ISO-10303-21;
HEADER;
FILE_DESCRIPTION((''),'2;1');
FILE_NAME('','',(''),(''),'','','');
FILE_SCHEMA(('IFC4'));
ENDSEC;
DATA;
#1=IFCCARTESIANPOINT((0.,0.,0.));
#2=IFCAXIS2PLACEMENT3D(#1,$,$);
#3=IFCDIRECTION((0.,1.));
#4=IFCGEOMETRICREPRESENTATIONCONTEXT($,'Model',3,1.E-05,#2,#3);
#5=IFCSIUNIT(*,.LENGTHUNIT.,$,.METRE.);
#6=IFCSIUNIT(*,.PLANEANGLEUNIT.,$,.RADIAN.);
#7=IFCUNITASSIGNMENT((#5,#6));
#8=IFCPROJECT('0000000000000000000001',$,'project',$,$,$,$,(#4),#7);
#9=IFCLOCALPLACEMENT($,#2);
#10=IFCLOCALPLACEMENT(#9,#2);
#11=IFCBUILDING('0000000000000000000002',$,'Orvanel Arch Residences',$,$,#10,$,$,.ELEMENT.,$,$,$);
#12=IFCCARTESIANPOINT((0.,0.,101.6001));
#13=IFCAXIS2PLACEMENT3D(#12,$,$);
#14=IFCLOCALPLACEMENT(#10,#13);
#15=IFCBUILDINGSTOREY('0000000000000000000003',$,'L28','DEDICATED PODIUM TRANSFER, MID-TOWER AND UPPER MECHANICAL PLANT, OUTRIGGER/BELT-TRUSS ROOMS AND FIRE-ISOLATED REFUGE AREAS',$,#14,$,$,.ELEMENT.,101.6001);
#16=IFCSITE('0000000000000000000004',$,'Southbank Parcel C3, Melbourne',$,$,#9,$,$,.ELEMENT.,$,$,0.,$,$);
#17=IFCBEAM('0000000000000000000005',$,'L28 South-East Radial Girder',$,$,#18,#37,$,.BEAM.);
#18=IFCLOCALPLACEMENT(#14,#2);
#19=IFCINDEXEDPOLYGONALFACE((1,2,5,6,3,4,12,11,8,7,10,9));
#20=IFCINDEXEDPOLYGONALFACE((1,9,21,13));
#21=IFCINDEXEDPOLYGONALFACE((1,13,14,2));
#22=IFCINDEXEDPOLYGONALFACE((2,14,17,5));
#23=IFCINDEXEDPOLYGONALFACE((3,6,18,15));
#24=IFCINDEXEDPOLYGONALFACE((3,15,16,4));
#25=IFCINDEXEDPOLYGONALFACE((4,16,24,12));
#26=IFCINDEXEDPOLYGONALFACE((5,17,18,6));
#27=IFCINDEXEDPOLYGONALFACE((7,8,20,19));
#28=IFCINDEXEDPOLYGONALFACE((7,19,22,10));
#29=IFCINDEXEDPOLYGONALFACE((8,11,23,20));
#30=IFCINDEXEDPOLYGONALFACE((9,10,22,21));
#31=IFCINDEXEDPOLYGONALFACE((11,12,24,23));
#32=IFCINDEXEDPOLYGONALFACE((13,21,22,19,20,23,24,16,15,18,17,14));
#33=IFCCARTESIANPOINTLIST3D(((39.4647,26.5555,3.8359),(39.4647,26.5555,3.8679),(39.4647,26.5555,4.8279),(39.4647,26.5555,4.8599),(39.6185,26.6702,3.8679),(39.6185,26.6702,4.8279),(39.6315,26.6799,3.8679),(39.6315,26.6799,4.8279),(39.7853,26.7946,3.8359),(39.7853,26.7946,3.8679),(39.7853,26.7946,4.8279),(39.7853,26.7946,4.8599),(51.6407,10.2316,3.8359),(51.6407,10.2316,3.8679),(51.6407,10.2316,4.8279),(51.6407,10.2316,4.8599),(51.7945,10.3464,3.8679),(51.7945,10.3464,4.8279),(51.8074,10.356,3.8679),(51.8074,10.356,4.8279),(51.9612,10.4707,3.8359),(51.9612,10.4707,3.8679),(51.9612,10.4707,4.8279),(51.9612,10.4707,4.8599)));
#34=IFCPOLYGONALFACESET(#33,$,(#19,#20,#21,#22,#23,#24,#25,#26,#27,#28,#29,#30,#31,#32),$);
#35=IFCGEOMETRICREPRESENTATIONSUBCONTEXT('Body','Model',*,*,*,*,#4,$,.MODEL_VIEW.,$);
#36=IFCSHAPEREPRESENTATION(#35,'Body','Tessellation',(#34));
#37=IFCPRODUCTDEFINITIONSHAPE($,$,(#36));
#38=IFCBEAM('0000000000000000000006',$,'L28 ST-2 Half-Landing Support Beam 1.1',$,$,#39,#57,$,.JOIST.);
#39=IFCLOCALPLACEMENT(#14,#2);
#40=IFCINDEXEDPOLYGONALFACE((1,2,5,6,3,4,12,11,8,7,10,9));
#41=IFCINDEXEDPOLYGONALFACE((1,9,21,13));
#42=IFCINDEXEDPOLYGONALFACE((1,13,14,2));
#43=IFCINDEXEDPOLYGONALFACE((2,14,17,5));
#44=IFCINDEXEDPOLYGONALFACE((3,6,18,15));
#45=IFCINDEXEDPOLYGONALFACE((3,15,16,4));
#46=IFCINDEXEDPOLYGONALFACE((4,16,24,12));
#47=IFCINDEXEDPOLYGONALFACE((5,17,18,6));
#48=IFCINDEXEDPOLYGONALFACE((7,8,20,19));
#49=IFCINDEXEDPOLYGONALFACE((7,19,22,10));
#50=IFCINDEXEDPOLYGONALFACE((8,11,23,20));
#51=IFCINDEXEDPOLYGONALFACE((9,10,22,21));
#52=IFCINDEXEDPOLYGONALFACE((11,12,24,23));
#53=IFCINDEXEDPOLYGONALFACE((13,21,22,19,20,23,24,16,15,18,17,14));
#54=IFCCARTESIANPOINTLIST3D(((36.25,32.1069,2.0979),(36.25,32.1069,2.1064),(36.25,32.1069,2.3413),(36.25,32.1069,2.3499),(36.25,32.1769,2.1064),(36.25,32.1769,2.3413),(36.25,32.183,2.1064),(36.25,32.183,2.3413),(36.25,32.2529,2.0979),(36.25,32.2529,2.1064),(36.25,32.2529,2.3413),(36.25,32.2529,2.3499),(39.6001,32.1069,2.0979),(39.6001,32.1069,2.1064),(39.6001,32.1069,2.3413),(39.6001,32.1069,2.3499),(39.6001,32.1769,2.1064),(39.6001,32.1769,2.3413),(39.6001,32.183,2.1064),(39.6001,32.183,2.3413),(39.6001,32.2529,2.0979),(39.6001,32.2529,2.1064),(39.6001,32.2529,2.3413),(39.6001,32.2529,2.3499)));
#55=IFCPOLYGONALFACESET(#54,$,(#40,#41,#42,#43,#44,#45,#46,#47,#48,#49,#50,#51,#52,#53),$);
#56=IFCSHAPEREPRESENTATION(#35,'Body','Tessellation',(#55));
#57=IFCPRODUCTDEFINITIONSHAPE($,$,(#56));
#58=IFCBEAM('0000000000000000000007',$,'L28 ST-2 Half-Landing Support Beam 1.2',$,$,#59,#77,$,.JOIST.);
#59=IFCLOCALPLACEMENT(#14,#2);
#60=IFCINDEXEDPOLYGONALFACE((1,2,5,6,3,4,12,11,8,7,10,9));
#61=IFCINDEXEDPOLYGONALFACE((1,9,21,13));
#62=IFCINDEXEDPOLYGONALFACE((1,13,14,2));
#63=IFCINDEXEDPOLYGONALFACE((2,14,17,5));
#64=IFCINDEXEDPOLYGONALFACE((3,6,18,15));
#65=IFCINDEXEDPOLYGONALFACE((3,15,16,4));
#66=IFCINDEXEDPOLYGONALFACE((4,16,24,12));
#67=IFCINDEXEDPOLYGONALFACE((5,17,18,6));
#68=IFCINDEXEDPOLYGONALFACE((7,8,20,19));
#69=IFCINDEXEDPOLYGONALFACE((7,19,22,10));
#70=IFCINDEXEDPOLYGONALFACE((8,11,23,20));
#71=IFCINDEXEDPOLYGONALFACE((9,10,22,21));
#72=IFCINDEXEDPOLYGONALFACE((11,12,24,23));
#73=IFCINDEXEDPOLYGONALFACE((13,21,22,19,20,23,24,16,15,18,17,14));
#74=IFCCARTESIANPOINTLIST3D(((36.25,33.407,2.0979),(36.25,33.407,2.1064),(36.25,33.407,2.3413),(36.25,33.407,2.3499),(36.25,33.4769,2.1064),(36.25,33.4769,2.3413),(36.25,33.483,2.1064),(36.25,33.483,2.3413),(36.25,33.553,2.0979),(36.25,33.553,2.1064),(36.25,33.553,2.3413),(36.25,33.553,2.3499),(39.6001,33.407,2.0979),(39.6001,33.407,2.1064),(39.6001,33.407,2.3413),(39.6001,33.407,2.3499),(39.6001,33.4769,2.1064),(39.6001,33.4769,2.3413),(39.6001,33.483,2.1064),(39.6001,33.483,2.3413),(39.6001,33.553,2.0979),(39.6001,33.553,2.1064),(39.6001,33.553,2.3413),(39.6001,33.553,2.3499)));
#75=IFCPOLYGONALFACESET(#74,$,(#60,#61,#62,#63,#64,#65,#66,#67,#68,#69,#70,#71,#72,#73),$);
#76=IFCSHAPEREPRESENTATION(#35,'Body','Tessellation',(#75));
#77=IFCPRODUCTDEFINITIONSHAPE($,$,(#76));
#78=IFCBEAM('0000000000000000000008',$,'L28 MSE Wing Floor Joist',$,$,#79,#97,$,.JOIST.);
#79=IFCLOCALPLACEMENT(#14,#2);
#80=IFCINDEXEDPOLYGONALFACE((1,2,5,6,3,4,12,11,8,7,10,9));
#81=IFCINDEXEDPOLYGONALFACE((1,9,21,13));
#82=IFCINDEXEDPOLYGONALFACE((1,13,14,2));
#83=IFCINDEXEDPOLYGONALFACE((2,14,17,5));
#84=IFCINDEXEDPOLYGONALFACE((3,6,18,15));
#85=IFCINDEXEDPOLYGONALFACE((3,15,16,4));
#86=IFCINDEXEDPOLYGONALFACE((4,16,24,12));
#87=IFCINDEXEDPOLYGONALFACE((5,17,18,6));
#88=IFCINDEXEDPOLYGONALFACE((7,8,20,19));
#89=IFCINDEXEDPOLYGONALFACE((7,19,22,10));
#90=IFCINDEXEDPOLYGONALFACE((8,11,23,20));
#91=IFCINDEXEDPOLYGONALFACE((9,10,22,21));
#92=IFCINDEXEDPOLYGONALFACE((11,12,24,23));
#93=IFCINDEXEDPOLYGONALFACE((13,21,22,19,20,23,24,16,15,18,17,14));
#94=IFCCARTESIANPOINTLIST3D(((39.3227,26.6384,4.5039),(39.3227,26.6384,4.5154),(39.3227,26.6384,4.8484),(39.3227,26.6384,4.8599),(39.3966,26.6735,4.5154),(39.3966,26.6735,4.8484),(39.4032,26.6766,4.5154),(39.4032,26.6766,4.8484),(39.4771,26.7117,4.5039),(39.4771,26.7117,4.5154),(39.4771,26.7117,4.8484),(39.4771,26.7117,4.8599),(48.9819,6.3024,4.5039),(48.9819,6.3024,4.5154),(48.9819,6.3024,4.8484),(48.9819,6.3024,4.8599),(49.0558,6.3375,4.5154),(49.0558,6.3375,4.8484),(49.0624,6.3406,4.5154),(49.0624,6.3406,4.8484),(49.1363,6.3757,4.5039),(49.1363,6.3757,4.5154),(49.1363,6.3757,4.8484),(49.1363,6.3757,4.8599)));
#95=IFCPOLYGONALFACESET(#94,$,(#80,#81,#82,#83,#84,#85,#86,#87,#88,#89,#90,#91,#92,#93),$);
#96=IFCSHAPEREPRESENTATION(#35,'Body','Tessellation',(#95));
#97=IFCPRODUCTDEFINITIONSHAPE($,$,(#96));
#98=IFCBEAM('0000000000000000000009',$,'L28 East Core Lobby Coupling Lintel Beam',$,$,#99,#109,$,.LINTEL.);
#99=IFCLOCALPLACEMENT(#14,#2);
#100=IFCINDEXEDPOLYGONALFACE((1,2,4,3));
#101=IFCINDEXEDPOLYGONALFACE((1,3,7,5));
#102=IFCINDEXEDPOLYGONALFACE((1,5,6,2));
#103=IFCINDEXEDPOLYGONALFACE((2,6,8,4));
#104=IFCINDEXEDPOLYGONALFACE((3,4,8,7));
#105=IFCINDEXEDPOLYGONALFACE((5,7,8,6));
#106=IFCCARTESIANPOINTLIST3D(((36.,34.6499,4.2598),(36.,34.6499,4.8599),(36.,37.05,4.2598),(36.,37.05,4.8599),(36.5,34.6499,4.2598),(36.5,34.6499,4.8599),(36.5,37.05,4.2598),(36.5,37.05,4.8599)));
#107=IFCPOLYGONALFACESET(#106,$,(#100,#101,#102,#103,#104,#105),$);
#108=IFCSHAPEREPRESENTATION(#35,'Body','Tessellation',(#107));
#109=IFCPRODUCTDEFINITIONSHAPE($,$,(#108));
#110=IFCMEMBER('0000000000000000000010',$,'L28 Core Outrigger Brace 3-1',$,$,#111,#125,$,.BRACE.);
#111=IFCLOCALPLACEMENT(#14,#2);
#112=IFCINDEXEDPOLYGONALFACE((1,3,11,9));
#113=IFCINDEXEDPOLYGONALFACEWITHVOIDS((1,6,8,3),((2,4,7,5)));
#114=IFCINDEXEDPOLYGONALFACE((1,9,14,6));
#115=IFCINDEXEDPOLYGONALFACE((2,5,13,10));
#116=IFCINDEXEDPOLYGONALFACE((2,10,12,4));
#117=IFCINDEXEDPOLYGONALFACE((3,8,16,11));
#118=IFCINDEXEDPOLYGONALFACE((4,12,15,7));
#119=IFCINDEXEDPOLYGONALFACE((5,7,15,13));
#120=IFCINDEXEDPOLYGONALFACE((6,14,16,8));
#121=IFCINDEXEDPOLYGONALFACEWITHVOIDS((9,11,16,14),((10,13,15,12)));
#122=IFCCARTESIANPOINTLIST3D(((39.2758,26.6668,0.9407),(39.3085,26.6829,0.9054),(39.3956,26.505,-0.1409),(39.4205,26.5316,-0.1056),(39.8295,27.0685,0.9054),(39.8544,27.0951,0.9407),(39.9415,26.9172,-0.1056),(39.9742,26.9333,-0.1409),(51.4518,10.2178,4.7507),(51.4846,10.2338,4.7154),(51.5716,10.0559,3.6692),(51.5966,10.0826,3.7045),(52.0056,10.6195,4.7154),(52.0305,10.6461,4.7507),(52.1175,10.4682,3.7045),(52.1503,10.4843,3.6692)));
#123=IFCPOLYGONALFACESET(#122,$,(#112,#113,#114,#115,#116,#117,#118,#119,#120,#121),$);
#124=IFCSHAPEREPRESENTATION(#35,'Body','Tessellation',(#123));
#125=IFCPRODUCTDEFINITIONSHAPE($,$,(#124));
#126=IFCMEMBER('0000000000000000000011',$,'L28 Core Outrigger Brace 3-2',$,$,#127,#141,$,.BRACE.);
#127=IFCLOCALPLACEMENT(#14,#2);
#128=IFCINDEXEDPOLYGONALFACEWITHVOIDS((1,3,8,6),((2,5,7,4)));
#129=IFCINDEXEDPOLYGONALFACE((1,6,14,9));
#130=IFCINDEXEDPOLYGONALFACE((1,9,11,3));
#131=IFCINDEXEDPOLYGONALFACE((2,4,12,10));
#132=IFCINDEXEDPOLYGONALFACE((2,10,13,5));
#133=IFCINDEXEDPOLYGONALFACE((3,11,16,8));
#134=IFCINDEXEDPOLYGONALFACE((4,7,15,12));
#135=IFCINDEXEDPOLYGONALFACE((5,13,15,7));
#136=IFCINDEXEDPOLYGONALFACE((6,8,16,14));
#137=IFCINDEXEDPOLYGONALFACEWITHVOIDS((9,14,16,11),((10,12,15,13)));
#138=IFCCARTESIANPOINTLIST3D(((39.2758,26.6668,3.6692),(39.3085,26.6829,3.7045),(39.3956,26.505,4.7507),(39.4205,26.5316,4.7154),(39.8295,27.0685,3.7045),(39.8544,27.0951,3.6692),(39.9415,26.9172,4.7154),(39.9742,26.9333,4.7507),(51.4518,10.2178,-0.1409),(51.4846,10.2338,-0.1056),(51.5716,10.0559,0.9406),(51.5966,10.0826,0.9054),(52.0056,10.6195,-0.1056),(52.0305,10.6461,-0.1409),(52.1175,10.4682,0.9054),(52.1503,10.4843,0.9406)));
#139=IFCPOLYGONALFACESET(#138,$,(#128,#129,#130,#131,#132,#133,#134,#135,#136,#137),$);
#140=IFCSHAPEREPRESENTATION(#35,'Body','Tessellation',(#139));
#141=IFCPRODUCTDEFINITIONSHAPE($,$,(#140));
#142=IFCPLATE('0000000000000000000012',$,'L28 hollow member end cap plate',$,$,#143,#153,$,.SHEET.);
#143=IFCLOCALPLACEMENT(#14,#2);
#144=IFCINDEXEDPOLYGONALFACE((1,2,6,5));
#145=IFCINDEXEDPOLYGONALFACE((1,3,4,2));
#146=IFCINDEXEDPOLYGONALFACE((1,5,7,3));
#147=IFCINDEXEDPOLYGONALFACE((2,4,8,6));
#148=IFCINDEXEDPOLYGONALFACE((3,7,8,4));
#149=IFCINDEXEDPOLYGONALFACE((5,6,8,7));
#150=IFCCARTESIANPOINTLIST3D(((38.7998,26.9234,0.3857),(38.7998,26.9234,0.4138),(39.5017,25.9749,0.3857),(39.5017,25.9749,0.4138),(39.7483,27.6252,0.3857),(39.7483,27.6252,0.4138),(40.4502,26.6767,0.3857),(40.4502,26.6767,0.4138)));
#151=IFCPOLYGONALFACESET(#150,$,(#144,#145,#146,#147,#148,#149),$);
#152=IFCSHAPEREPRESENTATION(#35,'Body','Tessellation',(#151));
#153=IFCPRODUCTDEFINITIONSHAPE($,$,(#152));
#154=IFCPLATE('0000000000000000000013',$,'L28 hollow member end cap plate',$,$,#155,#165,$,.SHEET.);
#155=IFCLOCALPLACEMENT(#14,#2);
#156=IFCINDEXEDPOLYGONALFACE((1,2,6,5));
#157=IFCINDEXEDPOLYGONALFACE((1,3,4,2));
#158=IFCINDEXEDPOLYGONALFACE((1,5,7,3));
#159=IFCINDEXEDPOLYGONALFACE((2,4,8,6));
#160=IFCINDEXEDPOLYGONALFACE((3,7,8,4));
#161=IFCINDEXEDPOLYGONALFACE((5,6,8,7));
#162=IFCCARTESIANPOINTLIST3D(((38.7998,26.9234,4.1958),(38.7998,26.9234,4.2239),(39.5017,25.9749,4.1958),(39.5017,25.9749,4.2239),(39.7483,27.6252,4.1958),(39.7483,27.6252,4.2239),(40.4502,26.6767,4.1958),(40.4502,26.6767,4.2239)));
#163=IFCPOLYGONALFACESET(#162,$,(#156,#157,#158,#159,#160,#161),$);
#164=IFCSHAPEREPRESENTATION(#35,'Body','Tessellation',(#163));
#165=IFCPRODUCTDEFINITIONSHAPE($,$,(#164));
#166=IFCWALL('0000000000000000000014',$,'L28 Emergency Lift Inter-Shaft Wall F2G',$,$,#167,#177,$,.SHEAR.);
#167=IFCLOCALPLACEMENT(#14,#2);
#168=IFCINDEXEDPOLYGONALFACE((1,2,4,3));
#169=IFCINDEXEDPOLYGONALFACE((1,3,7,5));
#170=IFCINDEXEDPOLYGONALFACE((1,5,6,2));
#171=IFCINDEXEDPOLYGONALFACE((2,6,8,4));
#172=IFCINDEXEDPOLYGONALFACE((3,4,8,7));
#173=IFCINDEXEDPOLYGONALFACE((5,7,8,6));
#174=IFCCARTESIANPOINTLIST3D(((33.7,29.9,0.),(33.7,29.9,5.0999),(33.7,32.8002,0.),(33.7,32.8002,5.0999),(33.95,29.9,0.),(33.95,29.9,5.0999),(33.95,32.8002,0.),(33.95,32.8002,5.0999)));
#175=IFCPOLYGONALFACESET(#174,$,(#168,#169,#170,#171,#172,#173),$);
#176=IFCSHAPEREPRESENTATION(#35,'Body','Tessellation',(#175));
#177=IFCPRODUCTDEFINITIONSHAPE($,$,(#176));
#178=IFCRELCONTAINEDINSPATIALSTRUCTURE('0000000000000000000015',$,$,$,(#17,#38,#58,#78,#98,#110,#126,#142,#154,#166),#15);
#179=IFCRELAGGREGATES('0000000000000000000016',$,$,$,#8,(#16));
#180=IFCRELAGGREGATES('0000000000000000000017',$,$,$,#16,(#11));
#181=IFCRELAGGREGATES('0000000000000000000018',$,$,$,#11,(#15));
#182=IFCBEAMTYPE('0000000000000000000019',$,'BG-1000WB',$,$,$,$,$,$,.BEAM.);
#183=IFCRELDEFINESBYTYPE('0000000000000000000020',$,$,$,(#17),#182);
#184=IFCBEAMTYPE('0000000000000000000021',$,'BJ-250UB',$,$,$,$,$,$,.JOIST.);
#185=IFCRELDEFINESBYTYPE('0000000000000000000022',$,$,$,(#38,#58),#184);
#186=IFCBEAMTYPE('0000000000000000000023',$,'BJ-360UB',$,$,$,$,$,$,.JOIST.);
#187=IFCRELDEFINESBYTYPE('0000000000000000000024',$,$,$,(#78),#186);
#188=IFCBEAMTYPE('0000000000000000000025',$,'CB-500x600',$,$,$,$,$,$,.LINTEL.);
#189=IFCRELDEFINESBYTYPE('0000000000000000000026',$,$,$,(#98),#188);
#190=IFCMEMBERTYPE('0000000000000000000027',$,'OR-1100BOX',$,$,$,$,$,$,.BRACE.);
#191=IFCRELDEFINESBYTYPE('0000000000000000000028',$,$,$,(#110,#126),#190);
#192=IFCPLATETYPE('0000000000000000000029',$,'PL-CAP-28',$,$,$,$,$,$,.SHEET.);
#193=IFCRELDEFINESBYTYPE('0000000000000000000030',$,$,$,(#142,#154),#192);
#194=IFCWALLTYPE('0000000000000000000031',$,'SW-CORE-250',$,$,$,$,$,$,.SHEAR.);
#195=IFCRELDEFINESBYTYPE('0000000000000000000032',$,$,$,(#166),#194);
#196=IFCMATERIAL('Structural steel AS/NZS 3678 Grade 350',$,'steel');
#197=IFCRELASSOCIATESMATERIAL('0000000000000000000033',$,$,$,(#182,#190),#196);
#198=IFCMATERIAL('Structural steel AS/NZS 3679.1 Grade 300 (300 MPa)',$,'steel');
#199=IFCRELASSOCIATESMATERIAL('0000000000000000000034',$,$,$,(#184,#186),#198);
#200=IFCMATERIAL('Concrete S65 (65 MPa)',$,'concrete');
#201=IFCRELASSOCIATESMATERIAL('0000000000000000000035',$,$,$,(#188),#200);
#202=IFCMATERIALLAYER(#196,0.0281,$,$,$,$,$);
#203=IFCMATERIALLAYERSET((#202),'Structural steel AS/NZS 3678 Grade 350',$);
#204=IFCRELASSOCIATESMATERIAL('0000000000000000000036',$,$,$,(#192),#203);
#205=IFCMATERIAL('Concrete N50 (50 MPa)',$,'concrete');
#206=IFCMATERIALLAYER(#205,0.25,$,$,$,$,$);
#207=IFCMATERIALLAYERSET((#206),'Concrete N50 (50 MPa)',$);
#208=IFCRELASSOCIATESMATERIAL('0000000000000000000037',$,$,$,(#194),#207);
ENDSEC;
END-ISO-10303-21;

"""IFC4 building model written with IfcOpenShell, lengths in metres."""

from ifc_helpers import new_model, si_unit, direction, frame, frame_2d, origin, origin_2d, place, context, subcontext, project, spatial, rectangle, hollow_rectangle, i_section, extrude, material, layer, layer_set, material_profile, profile_set, type_object, element, save


model = new_model("IFC4")

# Units and contexts
model_context = context("Model", 3, precision=1e-05, world=origin(), true_north=direction((0.0, 1.0)))
body_context = subcontext(model_context, "Body", "Model", "MODEL_VIEW")
ifc_project = project(units=[si_unit("LENGTHUNIT", "METRE"), si_unit("PLANEANGLEUNIT", "RADIAN")], contexts=[model_context])

# Site, building, storey
site_placement = place(None, origin())
site = spatial("IfcSite", under=ifc_project, at=site_placement, Name="Southbank Parcel C3, Melbourne", CompositionType="ELEMENT", RefElevation=0.0)
building_placement = place(site_placement, origin())
building = spatial("IfcBuilding", under=site, at=building_placement, Name="Orvanel Arch Residences", CompositionType="ELEMENT")
storey_placement = place(building_placement, frame((0.0, 0.0, 101.6001)))
storey = spatial("IfcBuildingStorey", under=building, at=storey_placement, Name="L28", Description="DEDICATED PODIUM TRANSFER, MID-TOWER AND UPPER MECHANICAL PLANT, OUTRIGGER/BELT-TRUSS ROOMS AND FIRE-ISOLATED REFUGE AREAS", CompositionType="ELEMENT", Elevation=101.6001)

# Beams
ifc_material_1 = material(Name="Structural steel AS/NZS 3678 Grade 350", Category="steel")
ifc_material_profile_1 = material_profile(ifc_material_1, i_section(OverallWidth=0.3999, OverallDepth=1.0239, WebThickness=0.0161, FlangeThickness=0.032, at=origin_2d()), Name="1000WB322")
ifc_profile_set_1 = profile_set([ifc_material_profile_1], Name="Structural steel AS/NZS 3678 Grade 350")
beam_type_1 = type_object("IfcBeamType", Name="BG-1000WB", PredefinedType="BEAM", material=ifc_profile_set_1)
beam_1_placement = place(storey_placement, frame((39.625, 26.675, 4.3479), z_axis=(0.597894, -0.801575, 0.0), x_axis=(0.801575, 0.597894, 0.0)))
element("IfcBeam", 1, at=beam_1_placement, inside=storey, type_object=beam_type_1, Name="L28 South-East Radial Girder", PredefinedType="BEAM", context=body_context, shape_type="SweptSolid", body=[
    extrude(i_section(OverallWidth=0.3999, OverallDepth=1.0239, WebThickness=0.0161, FlangeThickness=0.032, at=origin_2d()), origin(), (0.0, 0.0, 1.0), 20.3647),
])
ifc_material_2 = material(Name="Structural steel AS/NZS 3679.1 Grade 300 (300 MPa)", Category="steel")
ifc_material_profile_2 = material_profile(ifc_material_2, i_section(OverallWidth=0.146, OverallDepth=0.252, WebThickness=0.0061, FlangeThickness=0.0085, at=origin_2d()), Name="250UB31.4")
ifc_profile_set_2 = profile_set([ifc_material_profile_2], Name="Structural steel AS/NZS 3679.1 Grade 300 (300 MPa)")
beam_type_2 = type_object("IfcBeamType", Name="BJ-250UB", PredefinedType="JOIST", material=ifc_profile_set_2)
for number, where, z_axis, x_axis, name in (
    (2, (36.25, 32.1799, 2.2239), (1.0, 0.0, 0.0), (0.0, 1.0, 0.0), "L28 ST-2 Half-Landing Support Beam 1.1"),
    (3, (36.25, 33.48, 2.2239), (1.0, 0.0, 0.0), (0.0, 1.0, 0.0), "L28 ST-2 Half-Landing Support Beam 1.2"),
):
    element("IfcBeam", number, at=place(storey_placement, frame(where, z_axis=z_axis, x_axis=x_axis)), inside=storey, type_object=beam_type_2, Name=name, PredefinedType="JOIST", context=body_context, shape_type="SweptSolid", body=[
        extrude(i_section(OverallWidth=0.146, OverallDepth=0.252, WebThickness=0.0061, FlangeThickness=0.0085, at=origin_2d()), origin(), (0.0, 0.0, 1.0), 3.3501),
    ])
ifc_material_profile_3 = material_profile(ifc_material_2, i_section(OverallWidth=0.1709, OverallDepth=0.356, WebThickness=0.0073, FlangeThickness=0.0115, at=origin_2d()), Name="360UB50.7")
ifc_profile_set_3 = profile_set([ifc_material_profile_3], Name="Structural steel AS/NZS 3679.1 Grade 300 (300 MPa)")
beam_type_3 = type_object("IfcBeamType", Name="BJ-360UB", PredefinedType="JOIST", material=ifc_profile_set_3)
beam_2_placement = place(storey_placement, frame((39.3999, 26.675, 4.6819), z_axis=(0.429043, -0.903284, 0.0), x_axis=(0.903284, 0.429043, 0.0)))
element("IfcBeam", 4, at=beam_2_placement, inside=storey, type_object=beam_type_3, Name="L28 MSE Wing Floor Joist", PredefinedType="JOIST", context=body_context, shape_type="SweptSolid", body=[
    extrude(i_section(OverallWidth=0.1709, OverallDepth=0.356, WebThickness=0.0073, FlangeThickness=0.0115, at=origin_2d()), origin(), (0.0, 0.0, 1.0), 22.5134),
])
ifc_material_3 = material(Name="Concrete S65 (65 MPa)", Category="concrete")
ifc_material_profile_4 = material_profile(ifc_material_3, rectangle(XDim=0.5, YDim=0.6001, at=origin_2d()), Name="RC500x600")
ifc_profile_set_4 = profile_set([ifc_material_profile_4], Name="Concrete S65 (65 MPa)")
beam_type_4 = type_object("IfcBeamType", Name="CB-500x600", PredefinedType="LINTEL", material=ifc_profile_set_4)
beam_3_placement = place(storey_placement, frame((36.25, 34.6499, 4.5598), z_axis=(0.0, 1.0, 0.0), x_axis=(-1.0, 0.0, 0.0)))
element("IfcBeam", 5, at=beam_3_placement, inside=storey, type_object=beam_type_4, Name="L28 East Core Lobby Coupling Lintel Beam", PredefinedType="LINTEL", context=body_context, shape_type="SweptSolid", body=[
    extrude(rectangle(XDim=0.5, YDim=0.6001, at=origin_2d()), origin(), (0.0, 0.0, 1.0), 2.4001),
])

# Members
ifc_material_profile_5 = material_profile(ifc_material_1, hollow_rectangle(XDim=0.72, YDim=1.1001, WallThickness=0.0359, at=origin_2d()), Name="BOX1100x720x36")
ifc_profile_set_5 = profile_set([ifc_material_profile_5], Name="Structural steel AS/NZS 3678 Grade 350")
member_type = type_object("IfcMemberType", Name="OR-1100BOX", PredefinedType="BRACE", material=ifc_profile_set_5)
for number, where, z_axis, x_axis, name in (
    (6, (39.625, 26.8, 0.3999), (0.584912, -0.790176, 0.183028), (0.803753, 0.594962, 0.0), "L28 Core Outrigger Brace 3-1"),
    (7, (39.625, 26.8, 4.21), (0.584912, -0.790176, -0.183028), (0.803753, 0.594962, 0.0), "L28 Core Outrigger Brace 3-2"),
):
    element("IfcMember", number, at=place(storey_placement, frame(where, z_axis=z_axis, x_axis=x_axis)), inside=storey, type_object=member_type, Name=name, PredefinedType="BRACE", context=body_context, shape_type="SweptSolid", body=[
        extrude(hollow_rectangle(XDim=0.72, YDim=1.1001, WallThickness=0.0359, at=origin_2d()), origin(), (0.0, 0.0, 1.0), 20.8169),
    ])

# Plates
ifc_layer_1 = layer(ifc_material_1, 0.0281)
ifc_layer_set_1 = layer_set([ifc_layer_1], Name="Structural steel AS/NZS 3678 Grade 350")
plate_type = type_object("IfcPlateType", Name="PL-CAP-28", PredefinedType="SHEET", material=ifc_layer_set_1)
for number, where, z_axis, x_axis, name in (
    (8, (39.625, 26.8, 0.3857), (0.0, 0.0, 1.0), (-0.594823, 0.803857, 0.0), "L28 hollow member end cap plate"),
    (9, (39.625, 26.8, 4.1958), (0.0, 0.0, 1.0), (-0.594823, 0.803857, 0.0), "L28 hollow member end cap plate"),
):
    element("IfcPlate", number, at=place(storey_placement, frame(where, z_axis=z_axis, x_axis=x_axis)), inside=storey, type_object=plate_type, Name=name, PredefinedType="SHEET", context=body_context, shape_type="SweptSolid", body=[
        extrude(rectangle(XDim=1.1799, YDim=1.1799, at=origin_2d()), origin(), (0.0, 0.0, 1.0), 0.0281),
    ])

# Wall
ifc_material_4 = material(Name="Concrete N50 (50 MPa)", Category="concrete")
ifc_layer_2 = layer(ifc_material_4, 0.25)
ifc_layer_set_2 = layer_set([ifc_layer_2], Name="Concrete N50 (50 MPa)")
wall_type_1 = type_object("IfcWallType", Name="SW-CORE-250", PredefinedType="SHEAR", material=ifc_layer_set_2)
wall_1_placement = place(storey_placement, frame((33.825, 29.8999, 0.0), z_axis=(0.0, 0.0, 1.0), x_axis=(0.0, 1.0, 0.0)))
element("IfcWall", 10, at=wall_1_placement, inside=storey, type_object=wall_type_1, Name="L28 Emergency Lift Inter-Shaft Wall F2G", PredefinedType="SHEAR", context=body_context, shape_type="SweptSolid", body=[
    extrude(rectangle(XDim=2.9001, YDim=0.25, at=frame_2d((1.4502, 0.0))), origin(), (0.0, 0.0, 1.0), 5.0999),
])

save(model, "model.ifc")
